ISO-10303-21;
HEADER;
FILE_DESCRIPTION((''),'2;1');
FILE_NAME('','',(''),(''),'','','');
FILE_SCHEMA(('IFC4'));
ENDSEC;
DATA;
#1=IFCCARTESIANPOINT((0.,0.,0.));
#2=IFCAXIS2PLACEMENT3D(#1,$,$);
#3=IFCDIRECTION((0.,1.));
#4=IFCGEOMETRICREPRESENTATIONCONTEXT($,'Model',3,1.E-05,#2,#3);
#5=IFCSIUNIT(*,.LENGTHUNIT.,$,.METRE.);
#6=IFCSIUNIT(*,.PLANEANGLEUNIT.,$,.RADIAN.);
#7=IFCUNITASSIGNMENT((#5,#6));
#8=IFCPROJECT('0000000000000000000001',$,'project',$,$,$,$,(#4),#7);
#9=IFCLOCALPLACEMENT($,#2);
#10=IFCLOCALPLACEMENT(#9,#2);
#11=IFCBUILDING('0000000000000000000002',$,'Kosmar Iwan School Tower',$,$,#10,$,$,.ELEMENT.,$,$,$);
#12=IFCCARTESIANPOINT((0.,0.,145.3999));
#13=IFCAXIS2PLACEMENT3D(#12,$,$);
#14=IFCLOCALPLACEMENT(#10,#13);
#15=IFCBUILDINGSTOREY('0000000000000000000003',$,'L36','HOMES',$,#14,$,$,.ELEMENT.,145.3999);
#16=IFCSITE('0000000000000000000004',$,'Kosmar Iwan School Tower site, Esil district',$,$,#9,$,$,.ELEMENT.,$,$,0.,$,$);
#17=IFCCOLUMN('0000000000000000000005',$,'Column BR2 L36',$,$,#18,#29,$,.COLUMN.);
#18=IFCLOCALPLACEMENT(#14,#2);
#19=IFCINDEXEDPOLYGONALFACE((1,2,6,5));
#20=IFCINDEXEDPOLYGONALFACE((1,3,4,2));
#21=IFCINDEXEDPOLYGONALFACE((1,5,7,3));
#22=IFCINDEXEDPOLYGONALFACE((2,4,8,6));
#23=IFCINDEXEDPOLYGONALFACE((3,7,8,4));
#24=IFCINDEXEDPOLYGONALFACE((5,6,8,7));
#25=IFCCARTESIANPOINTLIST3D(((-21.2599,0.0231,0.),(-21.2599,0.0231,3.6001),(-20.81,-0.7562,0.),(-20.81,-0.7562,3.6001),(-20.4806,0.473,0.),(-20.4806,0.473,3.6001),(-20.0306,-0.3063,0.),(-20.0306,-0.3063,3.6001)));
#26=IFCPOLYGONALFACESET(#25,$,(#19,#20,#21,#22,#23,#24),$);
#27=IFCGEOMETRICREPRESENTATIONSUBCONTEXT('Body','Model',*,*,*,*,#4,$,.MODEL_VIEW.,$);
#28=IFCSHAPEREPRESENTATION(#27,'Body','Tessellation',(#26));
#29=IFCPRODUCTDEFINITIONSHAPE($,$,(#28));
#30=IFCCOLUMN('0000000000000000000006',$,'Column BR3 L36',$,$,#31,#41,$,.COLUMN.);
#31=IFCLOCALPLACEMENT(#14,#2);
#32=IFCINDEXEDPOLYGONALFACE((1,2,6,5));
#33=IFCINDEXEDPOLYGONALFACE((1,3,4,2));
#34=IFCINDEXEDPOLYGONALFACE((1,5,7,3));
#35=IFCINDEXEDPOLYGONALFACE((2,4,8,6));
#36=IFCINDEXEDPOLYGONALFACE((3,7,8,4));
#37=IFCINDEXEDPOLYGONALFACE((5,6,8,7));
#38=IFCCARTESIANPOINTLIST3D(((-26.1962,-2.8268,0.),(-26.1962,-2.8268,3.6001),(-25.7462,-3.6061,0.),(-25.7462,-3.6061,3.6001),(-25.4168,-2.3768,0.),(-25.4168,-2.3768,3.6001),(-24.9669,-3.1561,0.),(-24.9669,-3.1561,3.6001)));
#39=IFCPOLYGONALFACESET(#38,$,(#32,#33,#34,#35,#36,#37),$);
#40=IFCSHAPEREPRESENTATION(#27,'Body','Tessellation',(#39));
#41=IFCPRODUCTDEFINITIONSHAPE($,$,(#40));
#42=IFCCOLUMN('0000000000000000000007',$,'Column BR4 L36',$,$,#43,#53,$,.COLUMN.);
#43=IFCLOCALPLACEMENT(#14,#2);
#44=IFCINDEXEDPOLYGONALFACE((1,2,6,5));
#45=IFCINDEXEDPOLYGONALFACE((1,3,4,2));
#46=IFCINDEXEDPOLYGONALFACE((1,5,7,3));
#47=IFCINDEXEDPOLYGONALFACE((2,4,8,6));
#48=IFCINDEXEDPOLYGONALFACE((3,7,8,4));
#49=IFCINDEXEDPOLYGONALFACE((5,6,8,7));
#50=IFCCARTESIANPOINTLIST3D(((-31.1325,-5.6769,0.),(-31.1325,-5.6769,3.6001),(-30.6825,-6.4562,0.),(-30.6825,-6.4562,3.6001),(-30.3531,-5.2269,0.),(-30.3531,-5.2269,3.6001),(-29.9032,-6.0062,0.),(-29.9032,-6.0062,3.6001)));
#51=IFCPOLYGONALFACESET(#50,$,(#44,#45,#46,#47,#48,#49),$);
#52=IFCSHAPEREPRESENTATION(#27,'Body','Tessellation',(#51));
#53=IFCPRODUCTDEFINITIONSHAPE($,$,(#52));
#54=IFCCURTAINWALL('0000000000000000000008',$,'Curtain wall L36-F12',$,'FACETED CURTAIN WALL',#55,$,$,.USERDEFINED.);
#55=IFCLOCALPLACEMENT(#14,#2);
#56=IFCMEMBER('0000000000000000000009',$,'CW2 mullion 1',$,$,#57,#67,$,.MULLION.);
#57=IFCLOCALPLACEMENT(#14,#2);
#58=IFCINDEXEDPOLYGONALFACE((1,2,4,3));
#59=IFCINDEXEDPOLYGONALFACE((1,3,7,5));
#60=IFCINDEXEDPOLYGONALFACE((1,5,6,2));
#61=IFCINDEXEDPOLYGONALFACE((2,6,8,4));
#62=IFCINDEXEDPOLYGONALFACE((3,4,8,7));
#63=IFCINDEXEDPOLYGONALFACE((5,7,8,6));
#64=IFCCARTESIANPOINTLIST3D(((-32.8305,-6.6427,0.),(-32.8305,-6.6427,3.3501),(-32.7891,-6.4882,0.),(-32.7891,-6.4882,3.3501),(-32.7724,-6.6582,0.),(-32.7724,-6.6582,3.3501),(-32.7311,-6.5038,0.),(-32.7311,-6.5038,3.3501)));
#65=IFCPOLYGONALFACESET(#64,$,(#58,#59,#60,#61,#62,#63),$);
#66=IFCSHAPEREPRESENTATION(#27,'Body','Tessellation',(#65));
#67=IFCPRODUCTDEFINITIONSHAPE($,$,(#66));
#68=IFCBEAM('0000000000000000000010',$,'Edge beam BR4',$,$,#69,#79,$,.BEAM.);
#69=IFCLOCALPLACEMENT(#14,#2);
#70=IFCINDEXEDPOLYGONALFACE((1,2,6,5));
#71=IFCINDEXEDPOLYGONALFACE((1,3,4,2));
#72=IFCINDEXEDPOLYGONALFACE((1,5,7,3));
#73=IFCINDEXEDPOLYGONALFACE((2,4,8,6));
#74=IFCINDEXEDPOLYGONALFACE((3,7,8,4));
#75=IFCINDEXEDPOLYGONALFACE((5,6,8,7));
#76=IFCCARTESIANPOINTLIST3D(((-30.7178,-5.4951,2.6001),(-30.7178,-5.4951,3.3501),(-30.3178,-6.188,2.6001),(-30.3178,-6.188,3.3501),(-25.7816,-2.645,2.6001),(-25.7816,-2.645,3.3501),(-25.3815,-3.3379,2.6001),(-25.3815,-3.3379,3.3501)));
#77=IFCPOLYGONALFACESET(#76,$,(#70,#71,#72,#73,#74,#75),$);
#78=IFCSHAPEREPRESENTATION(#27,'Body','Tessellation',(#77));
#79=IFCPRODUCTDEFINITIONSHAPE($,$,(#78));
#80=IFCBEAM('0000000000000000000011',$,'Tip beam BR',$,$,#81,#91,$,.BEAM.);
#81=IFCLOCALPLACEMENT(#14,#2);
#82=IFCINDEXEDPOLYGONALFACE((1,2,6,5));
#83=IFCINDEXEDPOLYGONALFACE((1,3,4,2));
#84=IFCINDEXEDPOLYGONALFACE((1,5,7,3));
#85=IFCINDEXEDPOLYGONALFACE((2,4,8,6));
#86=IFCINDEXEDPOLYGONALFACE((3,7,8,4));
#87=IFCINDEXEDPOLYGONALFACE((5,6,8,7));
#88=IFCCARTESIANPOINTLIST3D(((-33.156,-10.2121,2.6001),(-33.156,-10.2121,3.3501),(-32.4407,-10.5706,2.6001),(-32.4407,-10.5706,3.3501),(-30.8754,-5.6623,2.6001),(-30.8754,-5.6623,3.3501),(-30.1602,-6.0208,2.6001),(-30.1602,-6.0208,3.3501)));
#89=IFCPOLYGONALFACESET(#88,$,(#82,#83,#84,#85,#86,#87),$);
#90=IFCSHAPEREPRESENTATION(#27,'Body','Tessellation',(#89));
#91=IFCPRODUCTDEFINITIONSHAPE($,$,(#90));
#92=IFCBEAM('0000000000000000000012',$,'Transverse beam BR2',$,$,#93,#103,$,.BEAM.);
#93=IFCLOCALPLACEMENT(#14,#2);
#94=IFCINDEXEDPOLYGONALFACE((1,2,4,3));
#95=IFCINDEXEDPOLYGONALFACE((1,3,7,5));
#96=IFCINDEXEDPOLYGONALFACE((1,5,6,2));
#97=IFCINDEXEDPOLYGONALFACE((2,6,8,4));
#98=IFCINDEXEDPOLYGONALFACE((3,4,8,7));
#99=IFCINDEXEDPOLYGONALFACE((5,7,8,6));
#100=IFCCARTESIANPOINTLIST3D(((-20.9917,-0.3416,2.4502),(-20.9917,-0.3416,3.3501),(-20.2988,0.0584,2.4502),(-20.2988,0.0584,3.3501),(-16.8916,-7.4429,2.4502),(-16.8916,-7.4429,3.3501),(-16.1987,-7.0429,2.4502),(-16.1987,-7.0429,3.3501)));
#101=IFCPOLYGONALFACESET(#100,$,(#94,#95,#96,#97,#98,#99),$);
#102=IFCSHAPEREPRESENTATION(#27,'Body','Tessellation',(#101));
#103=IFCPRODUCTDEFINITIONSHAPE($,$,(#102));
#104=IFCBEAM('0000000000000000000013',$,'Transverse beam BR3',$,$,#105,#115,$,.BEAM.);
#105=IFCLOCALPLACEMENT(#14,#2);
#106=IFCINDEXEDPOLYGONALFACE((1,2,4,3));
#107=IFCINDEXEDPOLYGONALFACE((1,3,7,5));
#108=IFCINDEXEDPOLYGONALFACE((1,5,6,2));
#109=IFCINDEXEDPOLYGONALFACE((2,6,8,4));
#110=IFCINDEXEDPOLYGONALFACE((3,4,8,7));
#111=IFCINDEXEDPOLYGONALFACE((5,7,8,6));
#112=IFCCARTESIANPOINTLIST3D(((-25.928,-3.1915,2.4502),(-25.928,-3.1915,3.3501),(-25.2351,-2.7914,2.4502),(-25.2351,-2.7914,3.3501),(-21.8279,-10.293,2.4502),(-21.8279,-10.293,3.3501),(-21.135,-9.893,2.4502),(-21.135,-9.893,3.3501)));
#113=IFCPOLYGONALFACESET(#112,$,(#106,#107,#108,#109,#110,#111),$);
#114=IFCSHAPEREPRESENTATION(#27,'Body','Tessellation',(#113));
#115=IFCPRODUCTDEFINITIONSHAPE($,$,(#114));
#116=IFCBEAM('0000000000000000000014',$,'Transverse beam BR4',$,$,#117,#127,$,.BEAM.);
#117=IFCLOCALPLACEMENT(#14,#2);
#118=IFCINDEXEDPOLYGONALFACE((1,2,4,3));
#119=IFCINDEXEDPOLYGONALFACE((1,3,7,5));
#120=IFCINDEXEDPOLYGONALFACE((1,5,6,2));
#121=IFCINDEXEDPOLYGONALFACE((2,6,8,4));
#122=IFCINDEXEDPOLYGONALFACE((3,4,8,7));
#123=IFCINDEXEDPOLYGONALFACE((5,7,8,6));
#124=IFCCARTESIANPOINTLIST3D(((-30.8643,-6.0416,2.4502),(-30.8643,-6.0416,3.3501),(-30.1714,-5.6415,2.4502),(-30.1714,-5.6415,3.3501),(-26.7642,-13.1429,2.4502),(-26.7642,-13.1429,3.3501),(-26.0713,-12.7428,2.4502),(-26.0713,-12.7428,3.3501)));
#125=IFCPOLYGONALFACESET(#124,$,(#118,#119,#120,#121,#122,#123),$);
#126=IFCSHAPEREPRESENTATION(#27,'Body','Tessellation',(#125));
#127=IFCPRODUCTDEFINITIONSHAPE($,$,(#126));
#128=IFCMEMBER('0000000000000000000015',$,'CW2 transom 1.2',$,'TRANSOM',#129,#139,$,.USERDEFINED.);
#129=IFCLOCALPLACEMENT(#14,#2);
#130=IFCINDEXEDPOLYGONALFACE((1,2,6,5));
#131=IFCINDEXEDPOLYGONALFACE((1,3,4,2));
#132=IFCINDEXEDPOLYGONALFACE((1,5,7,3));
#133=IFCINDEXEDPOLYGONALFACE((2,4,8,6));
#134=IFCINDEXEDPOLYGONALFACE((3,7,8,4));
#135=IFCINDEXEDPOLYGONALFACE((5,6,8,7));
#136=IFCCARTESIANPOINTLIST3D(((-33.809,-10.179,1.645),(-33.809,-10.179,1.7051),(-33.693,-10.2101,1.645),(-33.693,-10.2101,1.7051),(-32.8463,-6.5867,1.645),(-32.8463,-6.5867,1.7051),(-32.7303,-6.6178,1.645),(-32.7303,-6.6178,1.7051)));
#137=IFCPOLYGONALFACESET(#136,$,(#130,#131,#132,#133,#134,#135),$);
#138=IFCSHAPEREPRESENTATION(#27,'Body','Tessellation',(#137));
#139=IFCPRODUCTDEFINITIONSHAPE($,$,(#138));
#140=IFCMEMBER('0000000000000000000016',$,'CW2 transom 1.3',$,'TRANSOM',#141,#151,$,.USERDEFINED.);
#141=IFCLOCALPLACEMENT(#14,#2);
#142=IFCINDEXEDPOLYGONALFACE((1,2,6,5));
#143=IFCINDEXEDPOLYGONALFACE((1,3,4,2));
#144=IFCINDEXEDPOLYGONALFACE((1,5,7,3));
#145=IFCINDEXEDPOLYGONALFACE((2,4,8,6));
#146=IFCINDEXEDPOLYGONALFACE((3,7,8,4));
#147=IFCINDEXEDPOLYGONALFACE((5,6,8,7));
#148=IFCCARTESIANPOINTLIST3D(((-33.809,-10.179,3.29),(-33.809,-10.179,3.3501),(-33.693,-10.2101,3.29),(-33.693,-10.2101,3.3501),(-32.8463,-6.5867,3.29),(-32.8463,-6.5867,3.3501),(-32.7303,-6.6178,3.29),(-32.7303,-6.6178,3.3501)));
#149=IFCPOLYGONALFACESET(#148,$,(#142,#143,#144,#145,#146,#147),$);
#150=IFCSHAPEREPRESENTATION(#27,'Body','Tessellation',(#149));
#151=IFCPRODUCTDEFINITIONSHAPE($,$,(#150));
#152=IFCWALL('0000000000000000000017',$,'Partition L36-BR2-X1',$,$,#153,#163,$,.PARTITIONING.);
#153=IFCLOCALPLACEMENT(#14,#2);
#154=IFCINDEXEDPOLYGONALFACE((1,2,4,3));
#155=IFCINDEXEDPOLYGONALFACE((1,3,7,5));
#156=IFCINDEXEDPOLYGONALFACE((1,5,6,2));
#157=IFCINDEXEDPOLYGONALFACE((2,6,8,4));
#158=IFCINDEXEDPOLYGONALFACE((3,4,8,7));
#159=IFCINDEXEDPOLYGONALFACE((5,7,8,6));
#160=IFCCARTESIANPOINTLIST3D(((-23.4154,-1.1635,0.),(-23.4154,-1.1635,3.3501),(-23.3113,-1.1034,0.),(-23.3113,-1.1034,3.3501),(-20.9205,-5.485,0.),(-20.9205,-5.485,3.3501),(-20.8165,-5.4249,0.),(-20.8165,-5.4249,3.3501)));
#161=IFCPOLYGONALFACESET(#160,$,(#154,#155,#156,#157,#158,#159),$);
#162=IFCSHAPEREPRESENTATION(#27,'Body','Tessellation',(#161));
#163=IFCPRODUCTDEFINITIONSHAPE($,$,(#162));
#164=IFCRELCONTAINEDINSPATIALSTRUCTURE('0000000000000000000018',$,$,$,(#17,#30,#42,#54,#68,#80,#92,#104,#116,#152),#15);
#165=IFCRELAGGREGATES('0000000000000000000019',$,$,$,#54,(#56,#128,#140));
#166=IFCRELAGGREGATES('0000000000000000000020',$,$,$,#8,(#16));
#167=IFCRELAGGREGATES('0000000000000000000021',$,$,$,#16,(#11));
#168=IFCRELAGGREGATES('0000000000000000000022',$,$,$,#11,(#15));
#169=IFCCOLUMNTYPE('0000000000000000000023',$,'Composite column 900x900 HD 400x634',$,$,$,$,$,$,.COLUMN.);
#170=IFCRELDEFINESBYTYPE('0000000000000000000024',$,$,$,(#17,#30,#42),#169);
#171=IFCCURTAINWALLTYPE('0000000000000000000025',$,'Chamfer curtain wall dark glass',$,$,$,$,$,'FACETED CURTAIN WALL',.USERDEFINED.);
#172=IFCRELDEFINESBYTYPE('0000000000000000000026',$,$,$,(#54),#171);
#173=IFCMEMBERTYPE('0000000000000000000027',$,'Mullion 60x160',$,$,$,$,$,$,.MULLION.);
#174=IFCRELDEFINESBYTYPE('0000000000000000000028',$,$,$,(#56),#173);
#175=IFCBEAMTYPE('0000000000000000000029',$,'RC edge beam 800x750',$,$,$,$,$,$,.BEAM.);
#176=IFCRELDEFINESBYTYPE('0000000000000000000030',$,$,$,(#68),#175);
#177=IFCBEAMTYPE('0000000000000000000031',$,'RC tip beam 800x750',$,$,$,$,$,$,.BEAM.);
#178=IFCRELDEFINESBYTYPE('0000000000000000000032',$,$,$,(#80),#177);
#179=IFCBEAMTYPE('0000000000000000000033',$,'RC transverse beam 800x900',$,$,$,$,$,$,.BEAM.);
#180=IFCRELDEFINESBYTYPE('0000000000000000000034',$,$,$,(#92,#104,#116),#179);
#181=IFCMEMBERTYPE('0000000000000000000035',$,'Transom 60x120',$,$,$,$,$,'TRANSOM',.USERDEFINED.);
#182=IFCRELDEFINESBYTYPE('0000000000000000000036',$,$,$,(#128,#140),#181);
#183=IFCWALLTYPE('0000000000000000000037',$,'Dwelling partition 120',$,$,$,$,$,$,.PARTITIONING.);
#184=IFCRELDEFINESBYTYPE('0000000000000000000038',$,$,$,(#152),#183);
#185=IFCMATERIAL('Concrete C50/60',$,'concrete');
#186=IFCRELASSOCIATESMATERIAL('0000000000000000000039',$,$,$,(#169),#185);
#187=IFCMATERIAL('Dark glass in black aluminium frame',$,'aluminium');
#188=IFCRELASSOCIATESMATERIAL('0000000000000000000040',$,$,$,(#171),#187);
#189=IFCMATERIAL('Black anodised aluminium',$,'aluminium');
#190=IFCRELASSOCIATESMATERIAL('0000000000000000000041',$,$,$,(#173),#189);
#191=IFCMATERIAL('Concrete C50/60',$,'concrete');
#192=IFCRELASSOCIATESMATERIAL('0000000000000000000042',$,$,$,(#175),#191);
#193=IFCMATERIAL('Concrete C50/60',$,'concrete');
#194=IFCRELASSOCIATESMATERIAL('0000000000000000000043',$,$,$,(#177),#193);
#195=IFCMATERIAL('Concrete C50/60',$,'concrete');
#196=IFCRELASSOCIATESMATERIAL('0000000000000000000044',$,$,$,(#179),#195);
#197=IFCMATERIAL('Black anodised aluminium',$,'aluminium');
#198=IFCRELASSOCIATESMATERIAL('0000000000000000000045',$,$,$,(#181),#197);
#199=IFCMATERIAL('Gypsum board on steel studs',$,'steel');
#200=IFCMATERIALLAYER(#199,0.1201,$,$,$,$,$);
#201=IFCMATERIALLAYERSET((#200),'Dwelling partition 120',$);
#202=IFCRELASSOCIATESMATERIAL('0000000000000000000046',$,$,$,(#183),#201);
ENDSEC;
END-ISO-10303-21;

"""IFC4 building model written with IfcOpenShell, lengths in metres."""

from ifc_helpers import new_model, si_unit, direction, frame, frame_2d, origin, origin_2d, place, context, subcontext, project, spatial, rectangle, extrude, material, layer, layer_set, material_profile, profile_set, type_object, element, aggregate, save


model = new_model("IFC4")

# Units and contexts
model_context = context("Model", 3, precision=1e-05, world=origin(), true_north=direction((0.0, 1.0)))
body_context = subcontext(model_context, "Body", "Model", "MODEL_VIEW")
ifc_project = project(units=[si_unit("LENGTHUNIT", "METRE"), si_unit("PLANEANGLEUNIT", "RADIAN")], contexts=[model_context])

# Site, building, storey
site_placement = place(None, origin())
site = spatial("IfcSite", under=ifc_project, at=site_placement, Name="Kosmar Iwan School Tower site, Esil district", CompositionType="ELEMENT", RefElevation=0.0)
building_placement = place(site_placement, origin())
building = spatial("IfcBuilding", under=site, at=building_placement, Name="Kosmar Iwan School Tower", CompositionType="ELEMENT")
storey_placement = place(building_placement, frame((0.0, 0.0, 145.3999)))
storey = spatial("IfcBuildingStorey", under=building, at=storey_placement, Name="L36", Description="HOMES", CompositionType="ELEMENT", Elevation=145.3999)

# Columns
ifc_material_1 = material(Name="Concrete C50/60", Category="concrete")
ifc_material_profile_1 = material_profile(ifc_material_1, rectangle(XDim=0.8999, YDim=0.8999, at=origin_2d()), Name="RC 900x900 + HD 400x634")
ifc_profile_set_1 = profile_set([ifc_material_profile_1], Name="Concrete C50/60")
column_type = type_object("IfcColumnType", Name="Composite column 900x900 HD 400x634", PredefinedType="COLUMN", material=ifc_profile_set_1)
for number, where, z_axis, x_axis, name in (
    (1, (-20.6453, -0.1416, 0.0), (0.0, 0.0, 1.0), (-0.866025, -0.5, 0.0), "Column BR2 L36"),
    (2, (-25.5815, -2.9915, 0.0), (0.0, 0.0, 1.0), (-0.866025, -0.5, 0.0), "Column BR3 L36"),
    (3, (-30.5178, -5.8416, 0.0), (0.0, 0.0, 1.0), (-0.866025, -0.5, 0.0), "Column BR4 L36"),
):
    element("IfcColumn", number, at=place(storey_placement, frame(where, z_axis=z_axis, x_axis=x_axis)), inside=storey, type_object=column_type, Name=name, PredefinedType="COLUMN", context=body_context, shape_type="SweptSolid", body=[
        extrude(rectangle(XDim=0.8999, YDim=0.8999, at=origin_2d()), origin(), (0.0, 0.0, 1.0), 3.6001),
    ])

# Curtain wall, member
ifc_material_2 = material(Name="Dark glass in black aluminium frame", Category="aluminium")
curtain_wall_type = type_object("IfcCurtainWallType", Name="Chamfer curtain wall dark glass", ElementType="FACETED CURTAIN WALL", PredefinedType="USERDEFINED", material=ifc_material_2)
curtain_wall_placement = place(storey_placement, origin())
curtain_wall = element("IfcCurtainWall", 4, at=curtain_wall_placement, inside=storey, type_object=curtain_wall_type, Name="Curtain wall L36-F12", ObjectType="FACETED CURTAIN WALL", PredefinedType="USERDEFINED")
ifc_material_3 = material(Name="Black anodised aluminium", Category="aluminium")
ifc_material_profile_2 = material_profile(ifc_material_3, rectangle(XDim=0.0601, YDim=0.1599, at=origin_2d()), Name="MULLION 60x160")
ifc_profile_set_2 = profile_set([ifc_material_profile_2], Name="Black anodised aluminium")
member_type_1 = type_object("IfcMemberType", Name="Mullion 60x160", PredefinedType="MULLION", material=ifc_profile_set_2)
member_1_placement = place(storey_placement, frame((-32.7808, -6.5732, 0.0), z_axis=(0.0, 0.0, 1.0), x_axis=(0.965926, -0.258819, 0.0)))
member_1 = element("IfcMember", 5, at=member_1_placement, type_object=member_type_1, Name="CW2 mullion 1", PredefinedType="MULLION", context=body_context, shape_type="SweptSolid", body=[
    extrude(rectangle(XDim=0.0601, YDim=0.1599, at=origin_2d()), origin(), (0.0, 0.0, 1.0), 3.3501),
])

# Beams
ifc_material_4 = material(Name="Concrete C50/60", Category="concrete")
ifc_material_profile_3 = material_profile(ifc_material_4, rectangle(XDim=0.8, YDim=0.75, at=origin_2d()), Name="RC 800x750")
ifc_profile_set_3 = profile_set([ifc_material_profile_3], Name="Concrete C50/60")
beam_type_1 = type_object("IfcBeamType", Name="RC edge beam 800x750", PredefinedType="BEAM", material=ifc_profile_set_3)
beam_1_placement = place(storey_placement, frame((-25.5815, -2.9915, 2.9751), z_axis=(-0.866015, -0.500018, 0.0), x_axis=(0.500018, -0.866015, 0.0)))
element("IfcBeam", 6, at=beam_1_placement, inside=storey, type_object=beam_type_1, Name="Edge beam BR4", PredefinedType="BEAM", context=body_context, shape_type="SweptSolid", body=[
    extrude(rectangle(XDim=0.8, YDim=0.75, at=origin_2d()), origin(), (0.0, 0.0, 1.0), 5.7),
])
ifc_material_5 = material(Name="Concrete C50/60", Category="concrete")
ifc_material_profile_4 = material_profile(ifc_material_5, rectangle(XDim=0.8, YDim=0.75, at=origin_2d()), Name="RC 800x750")
ifc_profile_set_4 = profile_set([ifc_material_profile_4], Name="Concrete C50/60")
beam_type_2 = type_object("IfcBeamType", Name="RC tip beam 800x750", PredefinedType="BEAM", material=ifc_profile_set_4)
beam_2_placement = place(storey_placement, frame((-30.5178, -5.8416, 2.9751), z_axis=(-0.448096, -0.893985, 0.0), x_axis=(0.893985, -0.448096, 0.0)))
element("IfcBeam", 7, at=beam_2_placement, inside=storey, type_object=beam_type_2, Name="Tip beam BR", PredefinedType="BEAM", context=body_context, shape_type="SweptSolid", body=[
    extrude(rectangle(XDim=0.8, YDim=0.75, at=origin_2d()), origin(), (0.0, 0.0, 1.0), 5.0894),
])
ifc_material_6 = material(Name="Concrete C50/60", Category="concrete")
ifc_material_profile_5 = material_profile(ifc_material_6, rectangle(XDim=0.8, YDim=0.8999, at=origin_2d()), Name="RC 800x900")
ifc_profile_set_5 = profile_set([ifc_material_profile_5], Name="Concrete C50/60")
beam_type_3 = type_object("IfcBeamType", Name="RC transverse beam 800x900", PredefinedType="BEAM", material=ifc_profile_set_5)
beam_3_placement = place(storey_placement, frame((-20.6453, -0.1416, 2.9001), z_axis=(0.500014, -0.866018, 0.0), x_axis=(0.866018, 0.500014, 0.0)))
element("IfcBeam", 8, at=beam_3_placement, inside=storey, type_object=beam_type_3, Name="Transverse beam BR2", PredefinedType="BEAM", context=body_context, shape_type="SweptSolid", body=[
    extrude(rectangle(XDim=0.8, YDim=0.8999, at=origin_2d()), origin(), (0.0, 0.0, 1.0), 8.2),
])
beam_4_placement = place(storey_placement, frame((-25.5815, -2.9915, 2.9001), z_axis=(0.500001, -0.866025, 0.0), x_axis=(0.866025, 0.500001, 0.0)))
element("IfcBeam", 9, at=beam_4_placement, inside=storey, type_object=beam_type_3, Name="Transverse beam BR3", PredefinedType="BEAM", context=body_context, shape_type="SweptSolid", body=[
    extrude(rectangle(XDim=0.8, YDim=0.8999, at=origin_2d()), origin(), (0.0, 0.0, 1.0), 8.2002),
])
beam_5_placement = place(storey_placement, frame((-30.5178, -5.8416, 2.9001), z_axis=(0.500014, -0.866018, 0.0), x_axis=(0.866018, 0.500014, 0.0)))
element("IfcBeam", 10, at=beam_5_placement, inside=storey, type_object=beam_type_3, Name="Transverse beam BR4", PredefinedType="BEAM", context=body_context, shape_type="SweptSolid", body=[
    extrude(rectangle(XDim=0.8, YDim=0.8999, at=origin_2d()), origin(), (0.0, 0.0, 1.0), 8.2),
])

# Members
ifc_material_7 = material(Name="Black anodised aluminium", Category="aluminium")
ifc_material_profile_6 = material_profile(ifc_material_7, rectangle(XDim=0.1201, YDim=0.0601, at=origin_2d()), Name="TRANSOM 60x120")
ifc_profile_set_6 = profile_set([ifc_material_profile_6], Name="Black anodised aluminium")
member_type_2 = type_object("IfcMemberType", Name="Transom 60x120", ElementType="TRANSOM", PredefinedType="USERDEFINED", material=ifc_profile_set_6)
member_2_placement = place(storey_placement, frame((-32.7883, -6.6023, 1.675), z_axis=(-0.258843, -0.965919, 0.0), x_axis=(0.965919, -0.258843, 0.0)))
member_2 = element("IfcMember", 11, at=member_2_placement, type_object=member_type_2, Name="CW2 transom 1.2", ObjectType="TRANSOM", PredefinedType="USERDEFINED", context=body_context, shape_type="SweptSolid", body=[
    extrude(rectangle(XDim=0.1201, YDim=0.0601, at=origin_2d()), origin(), (0.0, 0.0, 1.0), 3.719),
])
member_3_placement = place(storey_placement, frame((-32.7883, -6.6023, 3.3201), z_axis=(-0.258843, -0.965919, 0.0), x_axis=(0.965919, -0.258843, 0.0)))
member_3 = element("IfcMember", 12, at=member_3_placement, type_object=member_type_2, Name="CW2 transom 1.3", ObjectType="TRANSOM", PredefinedType="USERDEFINED", context=body_context, shape_type="SweptSolid", body=[
    extrude(rectangle(XDim=0.1201, YDim=0.0601, at=origin_2d()), origin(), (0.0, 0.0, 1.0), 3.719),
])
aggregate(curtain_wall, [member_1, member_2, member_3])

# Wall
ifc_material_8 = material(Name="Gypsum board on steel studs", Category="steel")
ifc_layer = layer(ifc_material_8, 0.1201)
ifc_layer_set = layer_set([ifc_layer], Name="Dwelling partition 120")
wall_type = type_object("IfcWallType", Name="Dwelling partition 120", PredefinedType="PARTITIONING", material=ifc_layer_set)
wall_placement = place(storey_placement, frame((-20.8684, -5.4551, 0.0), z_axis=(0.0, 0.0, 1.0), x_axis=(-0.499975, 0.86604, 0.0)))
element("IfcWall", 13, at=wall_placement, inside=storey, type_object=wall_type, Name="Partition L36-BR2-X1", PredefinedType="PARTITIONING", context=body_context, shape_type="SweptSolid", body=[
    extrude(rectangle(XDim=4.99, YDim=0.1201, at=frame_2d((2.4951, 0.0))), origin(), (0.0, 0.0, 1.0), 3.3501),
])

save(model, "model.ifc")
